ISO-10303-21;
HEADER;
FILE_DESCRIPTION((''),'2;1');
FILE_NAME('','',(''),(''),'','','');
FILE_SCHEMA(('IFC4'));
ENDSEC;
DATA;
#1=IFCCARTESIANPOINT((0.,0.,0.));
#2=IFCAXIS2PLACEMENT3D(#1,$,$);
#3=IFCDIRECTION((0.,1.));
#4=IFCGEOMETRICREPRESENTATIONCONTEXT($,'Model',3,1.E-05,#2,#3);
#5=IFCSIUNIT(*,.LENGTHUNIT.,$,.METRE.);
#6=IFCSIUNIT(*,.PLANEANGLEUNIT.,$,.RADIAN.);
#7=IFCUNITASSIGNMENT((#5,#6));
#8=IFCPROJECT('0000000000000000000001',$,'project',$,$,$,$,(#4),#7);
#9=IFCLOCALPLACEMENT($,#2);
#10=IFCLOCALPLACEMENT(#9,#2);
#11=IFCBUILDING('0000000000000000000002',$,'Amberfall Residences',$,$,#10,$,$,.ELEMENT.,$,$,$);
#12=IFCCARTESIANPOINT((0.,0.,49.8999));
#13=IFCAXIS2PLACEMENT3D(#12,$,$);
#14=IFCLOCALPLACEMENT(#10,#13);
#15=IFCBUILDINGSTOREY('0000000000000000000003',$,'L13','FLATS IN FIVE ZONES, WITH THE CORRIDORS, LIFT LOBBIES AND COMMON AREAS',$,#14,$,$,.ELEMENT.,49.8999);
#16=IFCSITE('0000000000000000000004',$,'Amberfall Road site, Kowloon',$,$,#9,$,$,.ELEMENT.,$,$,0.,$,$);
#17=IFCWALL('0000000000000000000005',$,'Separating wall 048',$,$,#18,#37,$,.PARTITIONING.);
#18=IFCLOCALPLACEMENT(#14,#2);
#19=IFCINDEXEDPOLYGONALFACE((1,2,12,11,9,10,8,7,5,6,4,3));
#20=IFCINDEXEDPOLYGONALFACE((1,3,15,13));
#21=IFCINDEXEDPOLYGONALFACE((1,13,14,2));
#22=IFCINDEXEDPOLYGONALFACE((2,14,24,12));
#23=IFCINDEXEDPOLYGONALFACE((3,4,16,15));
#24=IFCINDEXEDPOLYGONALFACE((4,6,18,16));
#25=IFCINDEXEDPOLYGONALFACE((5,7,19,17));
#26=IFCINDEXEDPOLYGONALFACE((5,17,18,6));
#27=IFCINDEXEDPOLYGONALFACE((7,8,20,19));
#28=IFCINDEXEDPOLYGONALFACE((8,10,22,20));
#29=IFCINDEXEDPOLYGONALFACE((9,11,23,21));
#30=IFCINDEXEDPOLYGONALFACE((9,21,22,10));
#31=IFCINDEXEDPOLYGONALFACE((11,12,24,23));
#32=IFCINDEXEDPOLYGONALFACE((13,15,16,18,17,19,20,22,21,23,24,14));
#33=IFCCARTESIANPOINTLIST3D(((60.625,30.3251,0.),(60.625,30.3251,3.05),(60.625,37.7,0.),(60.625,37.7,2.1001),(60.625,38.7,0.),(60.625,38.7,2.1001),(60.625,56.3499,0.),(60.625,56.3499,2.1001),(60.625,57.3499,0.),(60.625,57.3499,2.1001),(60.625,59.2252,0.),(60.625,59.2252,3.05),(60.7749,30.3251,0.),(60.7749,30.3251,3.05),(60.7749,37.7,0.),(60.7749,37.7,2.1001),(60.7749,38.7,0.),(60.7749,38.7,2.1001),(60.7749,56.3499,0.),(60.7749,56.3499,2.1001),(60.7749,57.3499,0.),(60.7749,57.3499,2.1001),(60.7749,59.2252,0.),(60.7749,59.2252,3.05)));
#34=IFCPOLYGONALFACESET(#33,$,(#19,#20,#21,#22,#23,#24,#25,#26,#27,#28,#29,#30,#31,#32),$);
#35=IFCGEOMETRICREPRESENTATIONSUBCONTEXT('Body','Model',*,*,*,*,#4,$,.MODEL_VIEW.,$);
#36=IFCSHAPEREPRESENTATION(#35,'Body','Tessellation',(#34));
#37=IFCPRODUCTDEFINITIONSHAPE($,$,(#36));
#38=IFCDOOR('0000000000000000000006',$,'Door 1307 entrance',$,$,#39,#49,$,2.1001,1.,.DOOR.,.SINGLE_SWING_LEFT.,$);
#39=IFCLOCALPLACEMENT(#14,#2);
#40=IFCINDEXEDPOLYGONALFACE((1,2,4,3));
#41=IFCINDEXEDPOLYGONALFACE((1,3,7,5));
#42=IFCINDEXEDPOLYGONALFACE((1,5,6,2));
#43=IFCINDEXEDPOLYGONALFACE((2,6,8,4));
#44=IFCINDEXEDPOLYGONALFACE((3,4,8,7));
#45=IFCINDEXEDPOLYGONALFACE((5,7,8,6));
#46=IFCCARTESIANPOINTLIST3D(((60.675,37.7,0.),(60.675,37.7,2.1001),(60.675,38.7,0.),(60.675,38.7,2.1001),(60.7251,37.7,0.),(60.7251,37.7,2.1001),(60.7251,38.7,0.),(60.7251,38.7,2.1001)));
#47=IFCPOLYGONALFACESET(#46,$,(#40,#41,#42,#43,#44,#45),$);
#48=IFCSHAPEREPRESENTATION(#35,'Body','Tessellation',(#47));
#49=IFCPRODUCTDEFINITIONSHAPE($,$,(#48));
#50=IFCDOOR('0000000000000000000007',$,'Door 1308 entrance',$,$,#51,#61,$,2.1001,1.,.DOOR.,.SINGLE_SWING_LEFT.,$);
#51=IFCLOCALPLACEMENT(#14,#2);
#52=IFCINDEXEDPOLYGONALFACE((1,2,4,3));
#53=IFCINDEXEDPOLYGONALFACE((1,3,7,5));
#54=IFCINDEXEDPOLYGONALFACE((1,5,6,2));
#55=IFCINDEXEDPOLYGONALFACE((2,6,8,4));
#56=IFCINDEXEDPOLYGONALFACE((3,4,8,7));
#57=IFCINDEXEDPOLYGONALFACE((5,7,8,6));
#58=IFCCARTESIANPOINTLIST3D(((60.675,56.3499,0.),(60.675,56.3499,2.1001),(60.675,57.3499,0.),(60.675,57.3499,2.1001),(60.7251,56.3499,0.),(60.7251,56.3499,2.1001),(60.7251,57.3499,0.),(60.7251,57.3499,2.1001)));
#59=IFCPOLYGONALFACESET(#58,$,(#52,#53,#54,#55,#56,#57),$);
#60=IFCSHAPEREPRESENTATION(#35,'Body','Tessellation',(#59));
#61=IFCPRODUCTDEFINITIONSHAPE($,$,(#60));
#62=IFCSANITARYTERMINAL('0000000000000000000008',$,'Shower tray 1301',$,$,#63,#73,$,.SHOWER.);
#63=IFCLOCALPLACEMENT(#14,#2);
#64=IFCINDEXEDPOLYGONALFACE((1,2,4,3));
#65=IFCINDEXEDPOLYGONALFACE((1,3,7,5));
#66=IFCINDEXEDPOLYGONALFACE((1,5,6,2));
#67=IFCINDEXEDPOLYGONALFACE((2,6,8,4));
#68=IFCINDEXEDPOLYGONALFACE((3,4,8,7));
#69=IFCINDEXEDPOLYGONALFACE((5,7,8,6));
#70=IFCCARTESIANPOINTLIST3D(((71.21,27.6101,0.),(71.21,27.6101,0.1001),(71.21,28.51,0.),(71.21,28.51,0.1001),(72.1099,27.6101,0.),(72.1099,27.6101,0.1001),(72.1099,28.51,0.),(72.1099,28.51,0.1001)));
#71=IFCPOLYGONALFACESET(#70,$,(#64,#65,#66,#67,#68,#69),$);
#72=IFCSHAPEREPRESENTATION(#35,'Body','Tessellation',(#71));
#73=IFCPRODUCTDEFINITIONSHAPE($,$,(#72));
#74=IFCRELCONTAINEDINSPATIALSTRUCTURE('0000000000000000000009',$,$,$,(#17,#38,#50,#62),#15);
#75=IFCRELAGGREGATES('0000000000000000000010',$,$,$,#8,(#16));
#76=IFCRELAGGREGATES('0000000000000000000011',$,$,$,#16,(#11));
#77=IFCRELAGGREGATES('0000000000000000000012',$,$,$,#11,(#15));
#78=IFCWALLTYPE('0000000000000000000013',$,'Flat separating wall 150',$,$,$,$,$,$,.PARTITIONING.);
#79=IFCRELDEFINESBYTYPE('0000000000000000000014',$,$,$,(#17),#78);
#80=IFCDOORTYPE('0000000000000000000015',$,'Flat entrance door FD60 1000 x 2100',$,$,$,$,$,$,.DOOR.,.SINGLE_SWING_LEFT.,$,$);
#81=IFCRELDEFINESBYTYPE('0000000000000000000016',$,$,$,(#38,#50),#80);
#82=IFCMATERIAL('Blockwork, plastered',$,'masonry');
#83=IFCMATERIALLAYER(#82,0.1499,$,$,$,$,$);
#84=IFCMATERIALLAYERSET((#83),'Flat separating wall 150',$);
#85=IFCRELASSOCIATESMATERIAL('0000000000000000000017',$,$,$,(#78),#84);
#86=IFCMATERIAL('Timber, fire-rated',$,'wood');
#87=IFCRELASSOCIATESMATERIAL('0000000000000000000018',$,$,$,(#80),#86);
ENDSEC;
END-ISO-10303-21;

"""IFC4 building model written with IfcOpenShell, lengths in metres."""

from ifc_helpers import new_model, si_unit, direction, frame, frame_2d, origin, origin_2d, place, context, subcontext, project, spatial, rectangle, extrude, material, layer, layer_set, type_object, element, fill, save


model = new_model("IFC4")

# Units and contexts
model_context = context("Model", 3, precision=1e-05, world=origin(), true_north=direction((0.0, 1.0)))
body_context = subcontext(model_context, "Body", "Model", "MODEL_VIEW")
ifc_project = project(units=[si_unit("LENGTHUNIT", "METRE"), si_unit("PLANEANGLEUNIT", "RADIAN")], contexts=[model_context])

# Site, building, storey
site_placement = place(None, origin())
site = spatial("IfcSite", under=ifc_project, at=site_placement, Name="Amberfall Road site, Kowloon", CompositionType="ELEMENT", RefElevation=0.0)
building_placement = place(site_placement, origin())
building = spatial("IfcBuilding", under=site, at=building_placement, Name="Amberfall Residences", CompositionType="ELEMENT")
storey_placement = place(building_placement, frame((0.0, 0.0, 49.8999)))
storey = spatial("IfcBuildingStorey", under=building, at=storey_placement, Name="L13", Description="FLATS IN FIVE ZONES, WITH THE CORRIDORS, LIFT LOBBIES AND COMMON AREAS", CompositionType="ELEMENT", Elevation=49.8999)

# Wall, openings, doors
ifc_material_1 = material(Name="Blockwork, plastered", Category="masonry")
ifc_layer_1 = layer(ifc_material_1, 0.1499)
ifc_layer_set_1 = layer_set([ifc_layer_1], Name="Flat separating wall 150")
wall_type_1 = type_object("IfcWallType", Name="Flat separating wall 150", PredefinedType="PARTITIONING", material=ifc_layer_set_1)
wall_1_placement = place(storey_placement, frame((60.7, 30.325, 0.0), z_axis=(0.0, 0.0, 1.0), x_axis=(0.0, 1.0, 0.0)))
wall_1 = element("IfcWall", 1, at=wall_1_placement, inside=storey, type_object=wall_type_1, Name="Separating wall 048", PredefinedType="PARTITIONING", context=body_context, shape_type="SweptSolid", body=[
    extrude(rectangle(XDim=28.9001, YDim=0.1499, at=frame_2d((14.4502, 0.0))), origin(), (0.0, 0.0, 1.0), 3.05),
])
opening_1_placement = place(wall_1_placement, frame((7.375, 0.0, 0.0)))
opening_1 = element("IfcOpeningElement", 2, at=opening_1_placement, cuts=wall_1, PredefinedType="OPENING", context=body_context, shape_type="SweptSolid", body=[
    extrude(rectangle(XDim=1.0, YDim=2.1001, at=frame_2d((0.5, 1.05))), frame((0.0, 0.085, 0.0), z_axis=(0.0, -1.0, 0.0), x_axis=(1.0, 0.0, 0.0)), (0.0, 0.0, 1.0), 0.1699),
])
opening_2_placement = place(wall_1_placement, frame((26.0249, 0.0, 0.0)))
opening_2 = element("IfcOpeningElement", 3, at=opening_2_placement, cuts=wall_1, PredefinedType="OPENING", context=body_context, shape_type="SweptSolid", body=[
    extrude(rectangle(XDim=1.0, YDim=2.1001, at=frame_2d((0.5, 1.05))), frame((0.0, 0.085, 0.0), z_axis=(0.0, -1.0, 0.0), x_axis=(1.0, 0.0, 0.0)), (0.0, 0.0, 1.0), 0.1699),
])
ifc_material_2 = material(Name="Timber, fire-rated", Category="wood")
door_type_1 = type_object("IfcDoorType", Name="Flat entrance door FD60 1000 x 2100", OperationType="SINGLE_SWING_LEFT", PredefinedType="DOOR", material=ifc_material_2)
door_1_placement = place(opening_1_placement, origin())
door_1 = element("IfcDoor", 4, at=door_1_placement, inside=storey, type_object=door_type_1, Name="Door 1307 entrance", OperationType="SINGLE_SWING_LEFT", OverallHeight=2.1001, OverallWidth=1.0, PredefinedType="DOOR", context=body_context, shape_type="SweptSolid", body=[
    extrude(rectangle(XDim=1.0, YDim=2.1001, at=frame_2d((0.5, 1.05))), frame((0.0, 0.0249, 0.0), z_axis=(0.0, -1.0, 0.0), x_axis=(1.0, 0.0, 0.0)), (0.0, 0.0, 1.0), 0.05),
])
fill(opening_1, door_1)
door_2_placement = place(opening_2_placement, origin())
door_2 = element("IfcDoor", 5, at=door_2_placement, inside=storey, type_object=door_type_1, Name="Door 1308 entrance", OperationType="SINGLE_SWING_LEFT", OverallHeight=2.1001, OverallWidth=1.0, PredefinedType="DOOR", context=body_context, shape_type="SweptSolid", body=[
    extrude(rectangle(XDim=1.0, YDim=2.1001, at=frame_2d((0.5, 1.05))), frame((0.0, 0.0249, 0.0), z_axis=(0.0, -1.0, 0.0), x_axis=(1.0, 0.0, 0.0)), (0.0, 0.0, 1.0), 0.05),
])
fill(opening_2, door_2)

# Sanitary terminal
sanitary_terminal_placement = place(storey_placement, frame((71.6599, 28.0601, 0.0), z_axis=(0.0, 0.0, 1.0), x_axis=(1.0, 0.0, 0.0)))
element("IfcSanitaryTerminal", 6, at=sanitary_terminal_placement, inside=storey, Name="Shower tray 1301", PredefinedType="SHOWER", context=body_context, shape_type="SweptSolid", body=[
    extrude(rectangle(XDim=0.8999, YDim=0.8999, at=origin_2d()), origin(), (0.0, 0.0, 1.0), 0.1001),
])

save(model, "model.ifc")
